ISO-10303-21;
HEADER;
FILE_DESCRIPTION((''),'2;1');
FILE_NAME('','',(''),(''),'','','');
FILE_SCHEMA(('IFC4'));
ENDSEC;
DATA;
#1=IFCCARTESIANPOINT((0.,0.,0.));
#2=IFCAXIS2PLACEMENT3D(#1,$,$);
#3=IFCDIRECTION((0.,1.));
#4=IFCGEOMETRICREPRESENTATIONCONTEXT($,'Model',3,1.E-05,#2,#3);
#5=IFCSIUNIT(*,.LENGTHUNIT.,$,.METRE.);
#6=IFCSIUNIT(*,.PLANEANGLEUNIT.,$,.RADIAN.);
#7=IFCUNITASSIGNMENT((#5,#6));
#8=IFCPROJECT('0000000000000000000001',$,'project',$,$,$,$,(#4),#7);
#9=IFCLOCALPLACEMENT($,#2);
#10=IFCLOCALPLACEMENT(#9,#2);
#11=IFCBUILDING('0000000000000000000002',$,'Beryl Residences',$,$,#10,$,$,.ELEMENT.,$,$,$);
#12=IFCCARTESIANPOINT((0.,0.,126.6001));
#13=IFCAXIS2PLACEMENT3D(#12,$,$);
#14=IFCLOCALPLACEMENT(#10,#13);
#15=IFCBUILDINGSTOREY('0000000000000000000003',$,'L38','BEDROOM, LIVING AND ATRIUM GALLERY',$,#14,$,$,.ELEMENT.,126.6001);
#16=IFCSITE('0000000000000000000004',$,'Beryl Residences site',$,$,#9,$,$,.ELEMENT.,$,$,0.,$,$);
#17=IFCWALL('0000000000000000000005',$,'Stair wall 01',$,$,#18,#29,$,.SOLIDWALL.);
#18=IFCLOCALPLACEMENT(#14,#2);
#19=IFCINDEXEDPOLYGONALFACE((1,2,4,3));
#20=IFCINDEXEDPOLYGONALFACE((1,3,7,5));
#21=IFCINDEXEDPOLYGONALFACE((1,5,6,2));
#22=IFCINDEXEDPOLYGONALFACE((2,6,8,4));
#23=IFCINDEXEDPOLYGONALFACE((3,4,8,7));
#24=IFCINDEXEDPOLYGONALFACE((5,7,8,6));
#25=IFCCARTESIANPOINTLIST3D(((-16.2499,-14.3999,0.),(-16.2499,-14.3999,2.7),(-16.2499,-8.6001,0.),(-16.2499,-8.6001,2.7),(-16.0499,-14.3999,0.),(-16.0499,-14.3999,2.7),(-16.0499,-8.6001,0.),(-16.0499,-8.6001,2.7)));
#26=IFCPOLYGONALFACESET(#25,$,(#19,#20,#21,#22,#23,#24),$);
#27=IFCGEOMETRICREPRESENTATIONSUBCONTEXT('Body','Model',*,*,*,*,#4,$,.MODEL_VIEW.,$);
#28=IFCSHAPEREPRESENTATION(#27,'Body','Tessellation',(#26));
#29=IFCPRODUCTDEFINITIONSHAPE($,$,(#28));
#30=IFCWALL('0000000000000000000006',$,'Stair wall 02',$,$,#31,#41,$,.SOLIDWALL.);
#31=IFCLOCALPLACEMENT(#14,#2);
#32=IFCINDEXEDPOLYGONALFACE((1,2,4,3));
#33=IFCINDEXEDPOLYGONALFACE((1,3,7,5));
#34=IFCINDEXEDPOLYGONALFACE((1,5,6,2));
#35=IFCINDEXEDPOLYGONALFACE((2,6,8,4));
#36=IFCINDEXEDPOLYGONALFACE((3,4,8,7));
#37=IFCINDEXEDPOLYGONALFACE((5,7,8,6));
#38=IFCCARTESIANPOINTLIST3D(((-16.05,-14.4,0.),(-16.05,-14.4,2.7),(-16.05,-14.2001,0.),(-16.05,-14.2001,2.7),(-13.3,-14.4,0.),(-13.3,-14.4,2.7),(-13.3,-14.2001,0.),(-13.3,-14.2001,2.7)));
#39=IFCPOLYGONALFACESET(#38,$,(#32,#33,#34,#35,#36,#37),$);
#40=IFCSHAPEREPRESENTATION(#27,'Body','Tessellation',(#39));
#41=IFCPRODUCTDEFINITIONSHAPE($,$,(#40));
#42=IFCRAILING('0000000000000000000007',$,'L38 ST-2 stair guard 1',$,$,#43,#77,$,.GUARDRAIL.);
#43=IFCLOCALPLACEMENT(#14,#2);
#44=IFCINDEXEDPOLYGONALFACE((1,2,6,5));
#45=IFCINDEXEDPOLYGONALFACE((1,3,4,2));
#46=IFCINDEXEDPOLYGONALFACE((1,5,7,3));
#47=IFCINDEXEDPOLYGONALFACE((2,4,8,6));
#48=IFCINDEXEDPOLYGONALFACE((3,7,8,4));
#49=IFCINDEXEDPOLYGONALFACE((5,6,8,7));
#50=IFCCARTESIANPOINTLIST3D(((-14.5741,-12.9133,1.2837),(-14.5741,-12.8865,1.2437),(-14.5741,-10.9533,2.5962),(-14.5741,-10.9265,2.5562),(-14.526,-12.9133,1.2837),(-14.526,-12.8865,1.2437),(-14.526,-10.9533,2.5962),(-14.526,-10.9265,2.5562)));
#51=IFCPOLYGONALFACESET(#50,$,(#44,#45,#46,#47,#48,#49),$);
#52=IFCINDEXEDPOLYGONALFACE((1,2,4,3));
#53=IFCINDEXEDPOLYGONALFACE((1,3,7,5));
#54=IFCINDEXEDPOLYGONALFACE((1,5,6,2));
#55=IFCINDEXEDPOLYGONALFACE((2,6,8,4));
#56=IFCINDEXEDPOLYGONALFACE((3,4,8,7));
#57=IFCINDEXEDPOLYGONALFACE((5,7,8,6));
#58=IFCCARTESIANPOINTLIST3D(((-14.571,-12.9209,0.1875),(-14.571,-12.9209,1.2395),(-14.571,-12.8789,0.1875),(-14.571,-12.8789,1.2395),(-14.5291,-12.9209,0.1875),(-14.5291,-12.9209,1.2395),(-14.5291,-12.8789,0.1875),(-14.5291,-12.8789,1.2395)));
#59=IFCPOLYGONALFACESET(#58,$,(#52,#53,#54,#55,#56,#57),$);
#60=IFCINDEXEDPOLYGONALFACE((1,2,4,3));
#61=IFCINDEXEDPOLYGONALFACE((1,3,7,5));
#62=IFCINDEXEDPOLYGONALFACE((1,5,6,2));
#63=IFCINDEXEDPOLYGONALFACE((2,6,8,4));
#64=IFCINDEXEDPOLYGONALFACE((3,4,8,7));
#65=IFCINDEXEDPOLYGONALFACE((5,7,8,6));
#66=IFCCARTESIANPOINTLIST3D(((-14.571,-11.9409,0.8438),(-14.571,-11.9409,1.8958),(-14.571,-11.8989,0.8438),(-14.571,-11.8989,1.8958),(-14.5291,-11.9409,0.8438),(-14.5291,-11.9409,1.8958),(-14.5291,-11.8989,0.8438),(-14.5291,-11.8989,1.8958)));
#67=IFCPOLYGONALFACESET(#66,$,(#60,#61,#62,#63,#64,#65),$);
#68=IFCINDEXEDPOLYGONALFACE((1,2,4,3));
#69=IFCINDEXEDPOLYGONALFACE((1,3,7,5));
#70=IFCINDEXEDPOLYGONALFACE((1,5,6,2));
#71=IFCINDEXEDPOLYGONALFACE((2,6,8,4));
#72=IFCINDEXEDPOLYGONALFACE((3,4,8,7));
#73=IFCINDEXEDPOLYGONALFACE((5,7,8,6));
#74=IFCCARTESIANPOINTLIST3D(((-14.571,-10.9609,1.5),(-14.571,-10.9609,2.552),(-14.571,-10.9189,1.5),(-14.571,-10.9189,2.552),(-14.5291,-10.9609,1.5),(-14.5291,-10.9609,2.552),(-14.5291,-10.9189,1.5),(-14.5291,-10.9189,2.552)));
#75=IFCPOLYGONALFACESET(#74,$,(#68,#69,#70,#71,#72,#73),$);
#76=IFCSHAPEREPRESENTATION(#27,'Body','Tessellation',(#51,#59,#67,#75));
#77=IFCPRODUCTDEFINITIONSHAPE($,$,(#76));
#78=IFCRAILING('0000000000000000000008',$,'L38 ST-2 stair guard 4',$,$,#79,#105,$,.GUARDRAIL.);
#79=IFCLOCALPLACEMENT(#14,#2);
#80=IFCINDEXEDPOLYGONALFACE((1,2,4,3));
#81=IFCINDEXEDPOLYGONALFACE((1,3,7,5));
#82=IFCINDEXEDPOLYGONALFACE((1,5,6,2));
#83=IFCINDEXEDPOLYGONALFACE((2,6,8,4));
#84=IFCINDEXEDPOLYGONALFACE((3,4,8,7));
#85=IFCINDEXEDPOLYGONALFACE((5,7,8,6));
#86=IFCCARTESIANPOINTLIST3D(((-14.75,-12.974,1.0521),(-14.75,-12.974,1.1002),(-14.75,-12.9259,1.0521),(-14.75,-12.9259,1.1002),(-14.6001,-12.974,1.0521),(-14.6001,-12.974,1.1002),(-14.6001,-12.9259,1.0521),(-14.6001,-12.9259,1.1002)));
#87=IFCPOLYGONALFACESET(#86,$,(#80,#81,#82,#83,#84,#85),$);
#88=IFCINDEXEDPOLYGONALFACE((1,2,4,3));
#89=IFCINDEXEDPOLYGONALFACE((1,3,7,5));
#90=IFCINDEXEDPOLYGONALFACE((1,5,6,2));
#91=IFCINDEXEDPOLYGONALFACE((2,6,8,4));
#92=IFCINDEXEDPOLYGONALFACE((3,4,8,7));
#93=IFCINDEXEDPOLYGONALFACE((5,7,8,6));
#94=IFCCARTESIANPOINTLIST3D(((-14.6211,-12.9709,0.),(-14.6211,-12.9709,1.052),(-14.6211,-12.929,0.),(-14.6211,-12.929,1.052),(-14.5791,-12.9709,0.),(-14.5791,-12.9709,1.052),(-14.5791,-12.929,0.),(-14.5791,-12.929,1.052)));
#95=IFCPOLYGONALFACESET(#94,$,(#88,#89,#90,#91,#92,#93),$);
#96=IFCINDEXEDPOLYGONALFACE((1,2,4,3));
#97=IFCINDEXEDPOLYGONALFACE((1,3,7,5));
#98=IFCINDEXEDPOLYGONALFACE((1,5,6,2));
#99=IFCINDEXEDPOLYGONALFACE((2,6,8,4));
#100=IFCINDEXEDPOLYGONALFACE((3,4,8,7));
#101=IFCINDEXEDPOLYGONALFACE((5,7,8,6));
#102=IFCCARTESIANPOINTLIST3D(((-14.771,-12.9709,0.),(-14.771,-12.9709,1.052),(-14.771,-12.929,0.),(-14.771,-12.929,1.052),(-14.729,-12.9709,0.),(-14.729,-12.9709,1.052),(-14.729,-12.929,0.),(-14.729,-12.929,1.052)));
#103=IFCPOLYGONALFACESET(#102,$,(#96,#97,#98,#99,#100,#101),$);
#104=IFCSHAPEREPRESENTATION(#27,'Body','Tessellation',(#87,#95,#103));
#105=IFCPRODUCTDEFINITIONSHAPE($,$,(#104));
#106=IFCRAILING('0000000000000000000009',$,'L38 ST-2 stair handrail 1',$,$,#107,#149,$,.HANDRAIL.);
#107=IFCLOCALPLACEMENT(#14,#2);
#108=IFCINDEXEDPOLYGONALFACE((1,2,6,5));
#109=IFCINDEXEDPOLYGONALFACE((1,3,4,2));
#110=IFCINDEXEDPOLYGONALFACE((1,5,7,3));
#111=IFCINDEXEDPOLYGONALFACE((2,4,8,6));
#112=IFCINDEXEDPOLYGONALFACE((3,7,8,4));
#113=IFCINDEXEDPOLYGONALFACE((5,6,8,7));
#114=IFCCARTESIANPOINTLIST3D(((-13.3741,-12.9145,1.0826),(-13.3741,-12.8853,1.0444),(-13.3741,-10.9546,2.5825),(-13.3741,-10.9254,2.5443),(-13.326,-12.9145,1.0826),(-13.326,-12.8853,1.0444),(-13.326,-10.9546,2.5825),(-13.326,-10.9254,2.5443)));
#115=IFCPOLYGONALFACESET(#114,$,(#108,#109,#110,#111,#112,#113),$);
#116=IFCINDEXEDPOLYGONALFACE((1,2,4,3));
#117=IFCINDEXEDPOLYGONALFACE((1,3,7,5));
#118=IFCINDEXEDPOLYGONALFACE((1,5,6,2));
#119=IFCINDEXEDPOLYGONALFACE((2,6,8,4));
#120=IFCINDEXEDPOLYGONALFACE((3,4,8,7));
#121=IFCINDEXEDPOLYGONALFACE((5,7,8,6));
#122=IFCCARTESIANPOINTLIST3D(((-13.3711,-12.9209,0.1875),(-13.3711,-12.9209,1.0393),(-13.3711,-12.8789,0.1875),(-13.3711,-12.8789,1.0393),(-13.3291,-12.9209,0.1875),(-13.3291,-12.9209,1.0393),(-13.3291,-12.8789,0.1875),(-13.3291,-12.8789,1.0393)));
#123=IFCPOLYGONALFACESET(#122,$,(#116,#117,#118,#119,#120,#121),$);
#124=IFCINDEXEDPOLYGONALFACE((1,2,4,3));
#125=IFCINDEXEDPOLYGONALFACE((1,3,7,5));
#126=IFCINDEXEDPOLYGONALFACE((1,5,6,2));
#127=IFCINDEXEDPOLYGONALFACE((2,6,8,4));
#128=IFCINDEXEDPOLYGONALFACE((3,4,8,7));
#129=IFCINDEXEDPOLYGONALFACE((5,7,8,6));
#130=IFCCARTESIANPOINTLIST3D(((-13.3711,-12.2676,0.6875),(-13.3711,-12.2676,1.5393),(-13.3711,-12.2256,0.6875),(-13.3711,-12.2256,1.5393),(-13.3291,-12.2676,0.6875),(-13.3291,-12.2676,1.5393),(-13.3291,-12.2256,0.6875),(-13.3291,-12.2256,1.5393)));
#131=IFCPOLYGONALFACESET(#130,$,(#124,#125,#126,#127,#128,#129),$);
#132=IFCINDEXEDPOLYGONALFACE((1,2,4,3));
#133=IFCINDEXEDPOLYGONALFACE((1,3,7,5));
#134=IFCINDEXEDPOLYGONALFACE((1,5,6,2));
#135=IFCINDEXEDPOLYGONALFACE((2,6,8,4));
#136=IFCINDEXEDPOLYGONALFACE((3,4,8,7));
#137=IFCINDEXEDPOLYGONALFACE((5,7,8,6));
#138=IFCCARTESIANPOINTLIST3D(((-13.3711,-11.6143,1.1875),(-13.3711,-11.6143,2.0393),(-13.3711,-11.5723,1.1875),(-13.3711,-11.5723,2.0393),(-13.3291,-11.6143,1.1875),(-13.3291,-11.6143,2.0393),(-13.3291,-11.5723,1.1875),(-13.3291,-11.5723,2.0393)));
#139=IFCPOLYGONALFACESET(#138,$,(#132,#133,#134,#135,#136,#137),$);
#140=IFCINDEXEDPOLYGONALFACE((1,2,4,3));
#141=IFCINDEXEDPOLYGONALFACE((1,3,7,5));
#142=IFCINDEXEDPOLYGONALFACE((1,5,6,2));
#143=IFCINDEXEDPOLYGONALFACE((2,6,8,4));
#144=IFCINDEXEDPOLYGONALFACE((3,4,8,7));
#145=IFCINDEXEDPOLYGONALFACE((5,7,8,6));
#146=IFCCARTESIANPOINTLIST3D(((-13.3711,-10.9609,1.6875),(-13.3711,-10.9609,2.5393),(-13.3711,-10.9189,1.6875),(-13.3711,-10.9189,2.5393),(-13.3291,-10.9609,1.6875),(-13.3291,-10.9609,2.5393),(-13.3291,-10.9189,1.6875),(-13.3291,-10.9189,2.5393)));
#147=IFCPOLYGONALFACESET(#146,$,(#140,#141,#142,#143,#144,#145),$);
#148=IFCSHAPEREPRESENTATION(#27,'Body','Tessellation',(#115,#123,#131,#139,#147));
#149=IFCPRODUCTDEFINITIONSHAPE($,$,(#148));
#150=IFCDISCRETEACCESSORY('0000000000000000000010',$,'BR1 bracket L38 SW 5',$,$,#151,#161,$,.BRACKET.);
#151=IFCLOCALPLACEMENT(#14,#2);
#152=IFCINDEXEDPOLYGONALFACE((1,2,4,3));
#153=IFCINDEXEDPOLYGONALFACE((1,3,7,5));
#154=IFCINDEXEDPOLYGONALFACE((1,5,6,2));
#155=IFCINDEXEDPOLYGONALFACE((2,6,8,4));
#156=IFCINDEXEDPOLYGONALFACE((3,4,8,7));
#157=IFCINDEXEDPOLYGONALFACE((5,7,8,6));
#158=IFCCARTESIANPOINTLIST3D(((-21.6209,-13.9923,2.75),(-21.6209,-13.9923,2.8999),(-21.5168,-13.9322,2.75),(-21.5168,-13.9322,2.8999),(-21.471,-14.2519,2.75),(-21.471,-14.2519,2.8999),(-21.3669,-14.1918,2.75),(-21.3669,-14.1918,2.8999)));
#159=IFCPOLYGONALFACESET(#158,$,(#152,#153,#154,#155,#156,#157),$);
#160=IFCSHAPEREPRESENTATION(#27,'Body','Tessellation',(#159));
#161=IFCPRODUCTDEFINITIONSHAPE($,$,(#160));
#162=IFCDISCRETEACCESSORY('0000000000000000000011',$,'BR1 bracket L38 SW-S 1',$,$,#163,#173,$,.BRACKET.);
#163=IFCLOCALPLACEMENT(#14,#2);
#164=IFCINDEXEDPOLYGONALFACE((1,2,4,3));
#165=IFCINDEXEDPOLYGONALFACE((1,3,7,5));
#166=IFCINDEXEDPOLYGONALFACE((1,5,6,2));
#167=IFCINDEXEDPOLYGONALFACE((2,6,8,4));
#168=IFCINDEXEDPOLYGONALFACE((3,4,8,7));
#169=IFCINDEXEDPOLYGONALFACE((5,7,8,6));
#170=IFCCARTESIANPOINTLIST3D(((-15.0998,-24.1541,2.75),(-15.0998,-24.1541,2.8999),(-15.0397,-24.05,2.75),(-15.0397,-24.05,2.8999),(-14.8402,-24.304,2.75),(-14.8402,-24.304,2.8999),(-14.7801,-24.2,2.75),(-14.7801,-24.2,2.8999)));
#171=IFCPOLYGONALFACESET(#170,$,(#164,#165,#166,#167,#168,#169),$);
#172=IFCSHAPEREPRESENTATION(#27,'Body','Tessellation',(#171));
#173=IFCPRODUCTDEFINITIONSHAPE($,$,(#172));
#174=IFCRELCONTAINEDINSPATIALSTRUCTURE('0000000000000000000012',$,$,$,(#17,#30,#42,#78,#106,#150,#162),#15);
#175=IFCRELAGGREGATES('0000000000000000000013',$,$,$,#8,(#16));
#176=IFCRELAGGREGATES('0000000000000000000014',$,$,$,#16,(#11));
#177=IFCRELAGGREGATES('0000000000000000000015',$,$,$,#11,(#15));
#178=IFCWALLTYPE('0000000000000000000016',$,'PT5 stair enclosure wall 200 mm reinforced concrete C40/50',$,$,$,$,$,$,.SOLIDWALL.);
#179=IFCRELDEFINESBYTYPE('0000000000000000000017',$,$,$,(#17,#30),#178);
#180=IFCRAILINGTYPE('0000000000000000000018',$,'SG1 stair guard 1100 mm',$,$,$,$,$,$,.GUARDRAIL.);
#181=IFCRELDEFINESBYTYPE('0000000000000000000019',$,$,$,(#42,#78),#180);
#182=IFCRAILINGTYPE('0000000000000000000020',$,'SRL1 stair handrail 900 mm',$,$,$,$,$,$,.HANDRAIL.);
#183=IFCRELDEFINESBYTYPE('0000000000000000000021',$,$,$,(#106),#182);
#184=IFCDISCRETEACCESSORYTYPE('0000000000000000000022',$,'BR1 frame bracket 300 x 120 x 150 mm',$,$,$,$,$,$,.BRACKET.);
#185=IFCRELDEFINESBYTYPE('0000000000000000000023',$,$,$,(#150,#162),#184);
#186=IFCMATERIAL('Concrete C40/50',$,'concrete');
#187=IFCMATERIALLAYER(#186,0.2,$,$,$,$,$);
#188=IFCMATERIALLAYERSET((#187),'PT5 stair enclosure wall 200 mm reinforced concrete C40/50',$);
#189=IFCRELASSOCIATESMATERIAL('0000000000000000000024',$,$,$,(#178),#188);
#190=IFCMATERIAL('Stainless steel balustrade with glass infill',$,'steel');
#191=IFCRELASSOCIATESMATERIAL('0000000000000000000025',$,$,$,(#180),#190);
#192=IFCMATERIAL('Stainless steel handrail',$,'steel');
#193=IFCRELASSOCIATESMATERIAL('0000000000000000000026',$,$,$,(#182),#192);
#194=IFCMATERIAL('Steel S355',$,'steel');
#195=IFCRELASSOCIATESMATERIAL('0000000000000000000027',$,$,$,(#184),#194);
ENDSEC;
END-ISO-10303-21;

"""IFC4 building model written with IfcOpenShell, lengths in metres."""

from ifc_helpers import new_model, si_unit, direction, frame, frame_2d, origin, origin_2d, place, context, subcontext, project, spatial, polyline, rectangle, outline, extrude, source, transform, mapped, material, layer, layer_set, type_object, type_shapes, element, save


model = new_model("IFC4")

# Units and contexts
model_context = context("Model", 3, precision=1e-05, world=origin(), true_north=direction((0.0, 1.0)))
body_context = subcontext(model_context, "Body", "Model", "MODEL_VIEW")
ifc_project = project(units=[si_unit("LENGTHUNIT", "METRE"), si_unit("PLANEANGLEUNIT", "RADIAN")], contexts=[model_context])

# Site, building, storey
site_placement = place(None, origin())
site = spatial("IfcSite", under=ifc_project, at=site_placement, Name="Beryl Residences site", CompositionType="ELEMENT", RefElevation=0.0)
building_placement = place(site_placement, origin())
building = spatial("IfcBuilding", under=site, at=building_placement, Name="Beryl Residences", CompositionType="ELEMENT")
storey_placement = place(building_placement, frame((0.0, 0.0, 126.6001)))
storey = spatial("IfcBuildingStorey", under=building, at=storey_placement, Name="L38", Description="BEDROOM, LIVING AND ATRIUM GALLERY", CompositionType="ELEMENT", Elevation=126.6001)

# Walls
ifc_material_1 = material(Name="Concrete C40/50", Category="concrete")
ifc_layer_1 = layer(ifc_material_1, 0.2)
ifc_layer_set_1 = layer_set([ifc_layer_1], Name="PT5 stair enclosure wall 200 mm reinforced concrete C40/50")
wall_type_1 = type_object("IfcWallType", Name="PT5 stair enclosure wall 200 mm reinforced concrete C40/50", PredefinedType="SOLIDWALL", material=ifc_layer_set_1)
wall_1_placement = place(storey_placement, frame((-16.1499, -14.3999, 0.0), z_axis=(0.0, 0.0, 1.0), x_axis=(0.0, 1.0, 0.0)))
element("IfcWall", 1, at=wall_1_placement, inside=storey, type_object=wall_type_1, Name="Stair wall 01", PredefinedType="SOLIDWALL", context=body_context, shape_type="SweptSolid", body=[
    extrude(rectangle(XDim=5.7998, YDim=0.2, at=frame_2d((2.8999, 0.0))), origin(), (0.0, 0.0, 1.0), 2.7),
])
wall_2_placement = place(storey_placement, frame((-16.05, -14.3, 0.0), z_axis=(0.0, 0.0, 1.0), x_axis=(1.0, 0.0, 0.0)))
element("IfcWall", 2, at=wall_2_placement, inside=storey, type_object=wall_type_1, Name="Stair wall 02", PredefinedType="SOLIDWALL", context=body_context, shape_type="SweptSolid", body=[
    extrude(rectangle(XDim=2.75, YDim=0.2, at=frame_2d((1.375, 0.0))), origin(), (0.0, 0.0, 1.0), 2.7),
])

# Railings
ifc_material_2 = material(Name="Stainless steel balustrade with glass infill", Category="steel")
railing_type_1 = type_object("IfcRailingType", Name="SG1 stair guard 1100 mm", PredefinedType="GUARDRAIL", material=ifc_material_2)
railing_1_placement = place(storey_placement, frame((-14.55, -12.8999, 0.1875)))
element("IfcRailing", 3, at=railing_1_placement, inside=storey, type_object=railing_type_1, Name="L38 ST-2 stair guard 1", PredefinedType="GUARDRAIL", context=body_context, shape_type="SweptSolid", body=[
    extrude(rectangle(XDim=0.0481, YDim=0.0481, at=origin_2d()), frame((0.0, 0.0, 1.0762), z_axis=(0.0, 0.830902, 0.556419), x_axis=(-1.0, 0.0, 0.0)), (0.0, 0.0, 1.0), 2.3589),
    extrude(rectangle(XDim=0.042, YDim=0.042, at=origin_2d()), origin(), (0.0, 0.0, 1.0), 1.052),
    extrude(rectangle(XDim=0.042, YDim=0.042, at=origin_2d()), frame((0.0, 0.98, 0.6562)), (0.0, 0.0, 1.0), 1.052),
    extrude(rectangle(XDim=0.042, YDim=0.042, at=origin_2d()), frame((0.0, 1.96, 1.3125)), (0.0, 0.0, 1.0), 1.052),
])
railing_2_placement = place(storey_placement, frame((-14.6001, -12.95, 0.0)))
element("IfcRailing", 4, at=railing_2_placement, inside=storey, type_object=railing_type_1, Name="L38 ST-2 stair guard 4", PredefinedType="GUARDRAIL", context=body_context, shape_type="SweptSolid", body=[
    extrude(rectangle(XDim=0.0481, YDim=0.0481, at=origin_2d()), frame((0.0, 0.0, 1.0762), z_axis=(-1.0, 0.0, 0.0), x_axis=(0.0, -1.0, 0.0)), (0.0, 0.0, 1.0), 0.1499),
    extrude(rectangle(XDim=0.042, YDim=0.042, at=origin_2d()), origin(), (0.0, 0.0, 1.0), 1.052),
    extrude(rectangle(XDim=0.042, YDim=0.042, at=origin_2d()), frame((-0.1499, 0.0, 0.0)), (0.0, 0.0, 1.0), 1.052),
])
ifc_material_3 = material(Name="Stainless steel handrail", Category="steel")
railing_type_2 = type_object("IfcRailingType", Name="SRL1 stair handrail 900 mm", PredefinedType="HANDRAIL", material=ifc_material_3)
railing_3_placement = place(storey_placement, frame((-13.3501, -12.8999, 0.1875)))
element("IfcRailing", 5, at=railing_3_placement, inside=storey, type_object=railing_type_2, Name="L38 ST-2 stair handrail 1", PredefinedType="HANDRAIL", context=body_context, shape_type="SweptSolid", body=[
    extrude(rectangle(XDim=0.0481, YDim=0.0481, at=origin_2d()), frame((0.0, 0.0, 0.876), z_axis=(0.0, 0.794122, 0.607758), x_axis=(-1.0, 0.0, 0.0)), (0.0, 0.0, 1.0), 2.468),
    extrude(rectangle(XDim=0.042, YDim=0.042, at=origin_2d()), origin(), (0.0, 0.0, 1.0), 0.8518),
    extrude(rectangle(XDim=0.042, YDim=0.042, at=origin_2d()), frame((0.0, 0.6533, 0.5)), (0.0, 0.0, 1.0), 0.8518),
    extrude(rectangle(XDim=0.042, YDim=0.042, at=origin_2d()), frame((0.0, 1.3066, 1.0)), (0.0, 0.0, 1.0), 0.8518),
    extrude(rectangle(XDim=0.042, YDim=0.042, at=origin_2d()), frame((0.0, 1.96, 1.5)), (0.0, 0.0, 1.0), 0.8518),
])

# Discrete accessories
ifc_material_4 = material(Name="Steel S355", Category="steel")
discrete_accessory_type = type_object("IfcDiscreteAccessoryType", Name="BR1 frame bracket 300 x 120 x 150 mm", PredefinedType="BRACKET", material=ifc_material_4)
shared_shape_1 = source(origin(), body_context, "Body", "SweptSolid", [
    extrude(outline(polyline([(-0.1499, 0.0), (0.1499, 0.0), (0.1499, 0.1201), (-0.1499, 0.1201), (-0.1499, 0.0)])), origin(), (0.0, 0.0, 1.0), 0.1499),
])
type_shapes(discrete_accessory_type, [shared_shape_1])
for number, where, z_axis, x_axis, name in (
    (6, (-21.4419, -14.062, 2.75), (0.0, 0.0, 1.0), (-0.5, 0.866025, 0.0), "BR1 bracket L38 SW 5"),
    (7, (-14.9099, -24.125, 2.75), (0.0, 0.0, 1.0), (-0.866025, 0.5, 0.0), "BR1 bracket L38 SW-S 1"),
):
    element("IfcDiscreteAccessory", number, at=place(storey_placement, frame(where, z_axis=z_axis, x_axis=x_axis)), inside=storey, type_object=discrete_accessory_type, Name=name, PredefinedType="BRACKET", context=body_context, shape_type="MappedRepresentation", body=[
        mapped(shared_shape_1, transform((0.0, 0.0, 0.0))),
    ])

save(model, "model.ifc")
